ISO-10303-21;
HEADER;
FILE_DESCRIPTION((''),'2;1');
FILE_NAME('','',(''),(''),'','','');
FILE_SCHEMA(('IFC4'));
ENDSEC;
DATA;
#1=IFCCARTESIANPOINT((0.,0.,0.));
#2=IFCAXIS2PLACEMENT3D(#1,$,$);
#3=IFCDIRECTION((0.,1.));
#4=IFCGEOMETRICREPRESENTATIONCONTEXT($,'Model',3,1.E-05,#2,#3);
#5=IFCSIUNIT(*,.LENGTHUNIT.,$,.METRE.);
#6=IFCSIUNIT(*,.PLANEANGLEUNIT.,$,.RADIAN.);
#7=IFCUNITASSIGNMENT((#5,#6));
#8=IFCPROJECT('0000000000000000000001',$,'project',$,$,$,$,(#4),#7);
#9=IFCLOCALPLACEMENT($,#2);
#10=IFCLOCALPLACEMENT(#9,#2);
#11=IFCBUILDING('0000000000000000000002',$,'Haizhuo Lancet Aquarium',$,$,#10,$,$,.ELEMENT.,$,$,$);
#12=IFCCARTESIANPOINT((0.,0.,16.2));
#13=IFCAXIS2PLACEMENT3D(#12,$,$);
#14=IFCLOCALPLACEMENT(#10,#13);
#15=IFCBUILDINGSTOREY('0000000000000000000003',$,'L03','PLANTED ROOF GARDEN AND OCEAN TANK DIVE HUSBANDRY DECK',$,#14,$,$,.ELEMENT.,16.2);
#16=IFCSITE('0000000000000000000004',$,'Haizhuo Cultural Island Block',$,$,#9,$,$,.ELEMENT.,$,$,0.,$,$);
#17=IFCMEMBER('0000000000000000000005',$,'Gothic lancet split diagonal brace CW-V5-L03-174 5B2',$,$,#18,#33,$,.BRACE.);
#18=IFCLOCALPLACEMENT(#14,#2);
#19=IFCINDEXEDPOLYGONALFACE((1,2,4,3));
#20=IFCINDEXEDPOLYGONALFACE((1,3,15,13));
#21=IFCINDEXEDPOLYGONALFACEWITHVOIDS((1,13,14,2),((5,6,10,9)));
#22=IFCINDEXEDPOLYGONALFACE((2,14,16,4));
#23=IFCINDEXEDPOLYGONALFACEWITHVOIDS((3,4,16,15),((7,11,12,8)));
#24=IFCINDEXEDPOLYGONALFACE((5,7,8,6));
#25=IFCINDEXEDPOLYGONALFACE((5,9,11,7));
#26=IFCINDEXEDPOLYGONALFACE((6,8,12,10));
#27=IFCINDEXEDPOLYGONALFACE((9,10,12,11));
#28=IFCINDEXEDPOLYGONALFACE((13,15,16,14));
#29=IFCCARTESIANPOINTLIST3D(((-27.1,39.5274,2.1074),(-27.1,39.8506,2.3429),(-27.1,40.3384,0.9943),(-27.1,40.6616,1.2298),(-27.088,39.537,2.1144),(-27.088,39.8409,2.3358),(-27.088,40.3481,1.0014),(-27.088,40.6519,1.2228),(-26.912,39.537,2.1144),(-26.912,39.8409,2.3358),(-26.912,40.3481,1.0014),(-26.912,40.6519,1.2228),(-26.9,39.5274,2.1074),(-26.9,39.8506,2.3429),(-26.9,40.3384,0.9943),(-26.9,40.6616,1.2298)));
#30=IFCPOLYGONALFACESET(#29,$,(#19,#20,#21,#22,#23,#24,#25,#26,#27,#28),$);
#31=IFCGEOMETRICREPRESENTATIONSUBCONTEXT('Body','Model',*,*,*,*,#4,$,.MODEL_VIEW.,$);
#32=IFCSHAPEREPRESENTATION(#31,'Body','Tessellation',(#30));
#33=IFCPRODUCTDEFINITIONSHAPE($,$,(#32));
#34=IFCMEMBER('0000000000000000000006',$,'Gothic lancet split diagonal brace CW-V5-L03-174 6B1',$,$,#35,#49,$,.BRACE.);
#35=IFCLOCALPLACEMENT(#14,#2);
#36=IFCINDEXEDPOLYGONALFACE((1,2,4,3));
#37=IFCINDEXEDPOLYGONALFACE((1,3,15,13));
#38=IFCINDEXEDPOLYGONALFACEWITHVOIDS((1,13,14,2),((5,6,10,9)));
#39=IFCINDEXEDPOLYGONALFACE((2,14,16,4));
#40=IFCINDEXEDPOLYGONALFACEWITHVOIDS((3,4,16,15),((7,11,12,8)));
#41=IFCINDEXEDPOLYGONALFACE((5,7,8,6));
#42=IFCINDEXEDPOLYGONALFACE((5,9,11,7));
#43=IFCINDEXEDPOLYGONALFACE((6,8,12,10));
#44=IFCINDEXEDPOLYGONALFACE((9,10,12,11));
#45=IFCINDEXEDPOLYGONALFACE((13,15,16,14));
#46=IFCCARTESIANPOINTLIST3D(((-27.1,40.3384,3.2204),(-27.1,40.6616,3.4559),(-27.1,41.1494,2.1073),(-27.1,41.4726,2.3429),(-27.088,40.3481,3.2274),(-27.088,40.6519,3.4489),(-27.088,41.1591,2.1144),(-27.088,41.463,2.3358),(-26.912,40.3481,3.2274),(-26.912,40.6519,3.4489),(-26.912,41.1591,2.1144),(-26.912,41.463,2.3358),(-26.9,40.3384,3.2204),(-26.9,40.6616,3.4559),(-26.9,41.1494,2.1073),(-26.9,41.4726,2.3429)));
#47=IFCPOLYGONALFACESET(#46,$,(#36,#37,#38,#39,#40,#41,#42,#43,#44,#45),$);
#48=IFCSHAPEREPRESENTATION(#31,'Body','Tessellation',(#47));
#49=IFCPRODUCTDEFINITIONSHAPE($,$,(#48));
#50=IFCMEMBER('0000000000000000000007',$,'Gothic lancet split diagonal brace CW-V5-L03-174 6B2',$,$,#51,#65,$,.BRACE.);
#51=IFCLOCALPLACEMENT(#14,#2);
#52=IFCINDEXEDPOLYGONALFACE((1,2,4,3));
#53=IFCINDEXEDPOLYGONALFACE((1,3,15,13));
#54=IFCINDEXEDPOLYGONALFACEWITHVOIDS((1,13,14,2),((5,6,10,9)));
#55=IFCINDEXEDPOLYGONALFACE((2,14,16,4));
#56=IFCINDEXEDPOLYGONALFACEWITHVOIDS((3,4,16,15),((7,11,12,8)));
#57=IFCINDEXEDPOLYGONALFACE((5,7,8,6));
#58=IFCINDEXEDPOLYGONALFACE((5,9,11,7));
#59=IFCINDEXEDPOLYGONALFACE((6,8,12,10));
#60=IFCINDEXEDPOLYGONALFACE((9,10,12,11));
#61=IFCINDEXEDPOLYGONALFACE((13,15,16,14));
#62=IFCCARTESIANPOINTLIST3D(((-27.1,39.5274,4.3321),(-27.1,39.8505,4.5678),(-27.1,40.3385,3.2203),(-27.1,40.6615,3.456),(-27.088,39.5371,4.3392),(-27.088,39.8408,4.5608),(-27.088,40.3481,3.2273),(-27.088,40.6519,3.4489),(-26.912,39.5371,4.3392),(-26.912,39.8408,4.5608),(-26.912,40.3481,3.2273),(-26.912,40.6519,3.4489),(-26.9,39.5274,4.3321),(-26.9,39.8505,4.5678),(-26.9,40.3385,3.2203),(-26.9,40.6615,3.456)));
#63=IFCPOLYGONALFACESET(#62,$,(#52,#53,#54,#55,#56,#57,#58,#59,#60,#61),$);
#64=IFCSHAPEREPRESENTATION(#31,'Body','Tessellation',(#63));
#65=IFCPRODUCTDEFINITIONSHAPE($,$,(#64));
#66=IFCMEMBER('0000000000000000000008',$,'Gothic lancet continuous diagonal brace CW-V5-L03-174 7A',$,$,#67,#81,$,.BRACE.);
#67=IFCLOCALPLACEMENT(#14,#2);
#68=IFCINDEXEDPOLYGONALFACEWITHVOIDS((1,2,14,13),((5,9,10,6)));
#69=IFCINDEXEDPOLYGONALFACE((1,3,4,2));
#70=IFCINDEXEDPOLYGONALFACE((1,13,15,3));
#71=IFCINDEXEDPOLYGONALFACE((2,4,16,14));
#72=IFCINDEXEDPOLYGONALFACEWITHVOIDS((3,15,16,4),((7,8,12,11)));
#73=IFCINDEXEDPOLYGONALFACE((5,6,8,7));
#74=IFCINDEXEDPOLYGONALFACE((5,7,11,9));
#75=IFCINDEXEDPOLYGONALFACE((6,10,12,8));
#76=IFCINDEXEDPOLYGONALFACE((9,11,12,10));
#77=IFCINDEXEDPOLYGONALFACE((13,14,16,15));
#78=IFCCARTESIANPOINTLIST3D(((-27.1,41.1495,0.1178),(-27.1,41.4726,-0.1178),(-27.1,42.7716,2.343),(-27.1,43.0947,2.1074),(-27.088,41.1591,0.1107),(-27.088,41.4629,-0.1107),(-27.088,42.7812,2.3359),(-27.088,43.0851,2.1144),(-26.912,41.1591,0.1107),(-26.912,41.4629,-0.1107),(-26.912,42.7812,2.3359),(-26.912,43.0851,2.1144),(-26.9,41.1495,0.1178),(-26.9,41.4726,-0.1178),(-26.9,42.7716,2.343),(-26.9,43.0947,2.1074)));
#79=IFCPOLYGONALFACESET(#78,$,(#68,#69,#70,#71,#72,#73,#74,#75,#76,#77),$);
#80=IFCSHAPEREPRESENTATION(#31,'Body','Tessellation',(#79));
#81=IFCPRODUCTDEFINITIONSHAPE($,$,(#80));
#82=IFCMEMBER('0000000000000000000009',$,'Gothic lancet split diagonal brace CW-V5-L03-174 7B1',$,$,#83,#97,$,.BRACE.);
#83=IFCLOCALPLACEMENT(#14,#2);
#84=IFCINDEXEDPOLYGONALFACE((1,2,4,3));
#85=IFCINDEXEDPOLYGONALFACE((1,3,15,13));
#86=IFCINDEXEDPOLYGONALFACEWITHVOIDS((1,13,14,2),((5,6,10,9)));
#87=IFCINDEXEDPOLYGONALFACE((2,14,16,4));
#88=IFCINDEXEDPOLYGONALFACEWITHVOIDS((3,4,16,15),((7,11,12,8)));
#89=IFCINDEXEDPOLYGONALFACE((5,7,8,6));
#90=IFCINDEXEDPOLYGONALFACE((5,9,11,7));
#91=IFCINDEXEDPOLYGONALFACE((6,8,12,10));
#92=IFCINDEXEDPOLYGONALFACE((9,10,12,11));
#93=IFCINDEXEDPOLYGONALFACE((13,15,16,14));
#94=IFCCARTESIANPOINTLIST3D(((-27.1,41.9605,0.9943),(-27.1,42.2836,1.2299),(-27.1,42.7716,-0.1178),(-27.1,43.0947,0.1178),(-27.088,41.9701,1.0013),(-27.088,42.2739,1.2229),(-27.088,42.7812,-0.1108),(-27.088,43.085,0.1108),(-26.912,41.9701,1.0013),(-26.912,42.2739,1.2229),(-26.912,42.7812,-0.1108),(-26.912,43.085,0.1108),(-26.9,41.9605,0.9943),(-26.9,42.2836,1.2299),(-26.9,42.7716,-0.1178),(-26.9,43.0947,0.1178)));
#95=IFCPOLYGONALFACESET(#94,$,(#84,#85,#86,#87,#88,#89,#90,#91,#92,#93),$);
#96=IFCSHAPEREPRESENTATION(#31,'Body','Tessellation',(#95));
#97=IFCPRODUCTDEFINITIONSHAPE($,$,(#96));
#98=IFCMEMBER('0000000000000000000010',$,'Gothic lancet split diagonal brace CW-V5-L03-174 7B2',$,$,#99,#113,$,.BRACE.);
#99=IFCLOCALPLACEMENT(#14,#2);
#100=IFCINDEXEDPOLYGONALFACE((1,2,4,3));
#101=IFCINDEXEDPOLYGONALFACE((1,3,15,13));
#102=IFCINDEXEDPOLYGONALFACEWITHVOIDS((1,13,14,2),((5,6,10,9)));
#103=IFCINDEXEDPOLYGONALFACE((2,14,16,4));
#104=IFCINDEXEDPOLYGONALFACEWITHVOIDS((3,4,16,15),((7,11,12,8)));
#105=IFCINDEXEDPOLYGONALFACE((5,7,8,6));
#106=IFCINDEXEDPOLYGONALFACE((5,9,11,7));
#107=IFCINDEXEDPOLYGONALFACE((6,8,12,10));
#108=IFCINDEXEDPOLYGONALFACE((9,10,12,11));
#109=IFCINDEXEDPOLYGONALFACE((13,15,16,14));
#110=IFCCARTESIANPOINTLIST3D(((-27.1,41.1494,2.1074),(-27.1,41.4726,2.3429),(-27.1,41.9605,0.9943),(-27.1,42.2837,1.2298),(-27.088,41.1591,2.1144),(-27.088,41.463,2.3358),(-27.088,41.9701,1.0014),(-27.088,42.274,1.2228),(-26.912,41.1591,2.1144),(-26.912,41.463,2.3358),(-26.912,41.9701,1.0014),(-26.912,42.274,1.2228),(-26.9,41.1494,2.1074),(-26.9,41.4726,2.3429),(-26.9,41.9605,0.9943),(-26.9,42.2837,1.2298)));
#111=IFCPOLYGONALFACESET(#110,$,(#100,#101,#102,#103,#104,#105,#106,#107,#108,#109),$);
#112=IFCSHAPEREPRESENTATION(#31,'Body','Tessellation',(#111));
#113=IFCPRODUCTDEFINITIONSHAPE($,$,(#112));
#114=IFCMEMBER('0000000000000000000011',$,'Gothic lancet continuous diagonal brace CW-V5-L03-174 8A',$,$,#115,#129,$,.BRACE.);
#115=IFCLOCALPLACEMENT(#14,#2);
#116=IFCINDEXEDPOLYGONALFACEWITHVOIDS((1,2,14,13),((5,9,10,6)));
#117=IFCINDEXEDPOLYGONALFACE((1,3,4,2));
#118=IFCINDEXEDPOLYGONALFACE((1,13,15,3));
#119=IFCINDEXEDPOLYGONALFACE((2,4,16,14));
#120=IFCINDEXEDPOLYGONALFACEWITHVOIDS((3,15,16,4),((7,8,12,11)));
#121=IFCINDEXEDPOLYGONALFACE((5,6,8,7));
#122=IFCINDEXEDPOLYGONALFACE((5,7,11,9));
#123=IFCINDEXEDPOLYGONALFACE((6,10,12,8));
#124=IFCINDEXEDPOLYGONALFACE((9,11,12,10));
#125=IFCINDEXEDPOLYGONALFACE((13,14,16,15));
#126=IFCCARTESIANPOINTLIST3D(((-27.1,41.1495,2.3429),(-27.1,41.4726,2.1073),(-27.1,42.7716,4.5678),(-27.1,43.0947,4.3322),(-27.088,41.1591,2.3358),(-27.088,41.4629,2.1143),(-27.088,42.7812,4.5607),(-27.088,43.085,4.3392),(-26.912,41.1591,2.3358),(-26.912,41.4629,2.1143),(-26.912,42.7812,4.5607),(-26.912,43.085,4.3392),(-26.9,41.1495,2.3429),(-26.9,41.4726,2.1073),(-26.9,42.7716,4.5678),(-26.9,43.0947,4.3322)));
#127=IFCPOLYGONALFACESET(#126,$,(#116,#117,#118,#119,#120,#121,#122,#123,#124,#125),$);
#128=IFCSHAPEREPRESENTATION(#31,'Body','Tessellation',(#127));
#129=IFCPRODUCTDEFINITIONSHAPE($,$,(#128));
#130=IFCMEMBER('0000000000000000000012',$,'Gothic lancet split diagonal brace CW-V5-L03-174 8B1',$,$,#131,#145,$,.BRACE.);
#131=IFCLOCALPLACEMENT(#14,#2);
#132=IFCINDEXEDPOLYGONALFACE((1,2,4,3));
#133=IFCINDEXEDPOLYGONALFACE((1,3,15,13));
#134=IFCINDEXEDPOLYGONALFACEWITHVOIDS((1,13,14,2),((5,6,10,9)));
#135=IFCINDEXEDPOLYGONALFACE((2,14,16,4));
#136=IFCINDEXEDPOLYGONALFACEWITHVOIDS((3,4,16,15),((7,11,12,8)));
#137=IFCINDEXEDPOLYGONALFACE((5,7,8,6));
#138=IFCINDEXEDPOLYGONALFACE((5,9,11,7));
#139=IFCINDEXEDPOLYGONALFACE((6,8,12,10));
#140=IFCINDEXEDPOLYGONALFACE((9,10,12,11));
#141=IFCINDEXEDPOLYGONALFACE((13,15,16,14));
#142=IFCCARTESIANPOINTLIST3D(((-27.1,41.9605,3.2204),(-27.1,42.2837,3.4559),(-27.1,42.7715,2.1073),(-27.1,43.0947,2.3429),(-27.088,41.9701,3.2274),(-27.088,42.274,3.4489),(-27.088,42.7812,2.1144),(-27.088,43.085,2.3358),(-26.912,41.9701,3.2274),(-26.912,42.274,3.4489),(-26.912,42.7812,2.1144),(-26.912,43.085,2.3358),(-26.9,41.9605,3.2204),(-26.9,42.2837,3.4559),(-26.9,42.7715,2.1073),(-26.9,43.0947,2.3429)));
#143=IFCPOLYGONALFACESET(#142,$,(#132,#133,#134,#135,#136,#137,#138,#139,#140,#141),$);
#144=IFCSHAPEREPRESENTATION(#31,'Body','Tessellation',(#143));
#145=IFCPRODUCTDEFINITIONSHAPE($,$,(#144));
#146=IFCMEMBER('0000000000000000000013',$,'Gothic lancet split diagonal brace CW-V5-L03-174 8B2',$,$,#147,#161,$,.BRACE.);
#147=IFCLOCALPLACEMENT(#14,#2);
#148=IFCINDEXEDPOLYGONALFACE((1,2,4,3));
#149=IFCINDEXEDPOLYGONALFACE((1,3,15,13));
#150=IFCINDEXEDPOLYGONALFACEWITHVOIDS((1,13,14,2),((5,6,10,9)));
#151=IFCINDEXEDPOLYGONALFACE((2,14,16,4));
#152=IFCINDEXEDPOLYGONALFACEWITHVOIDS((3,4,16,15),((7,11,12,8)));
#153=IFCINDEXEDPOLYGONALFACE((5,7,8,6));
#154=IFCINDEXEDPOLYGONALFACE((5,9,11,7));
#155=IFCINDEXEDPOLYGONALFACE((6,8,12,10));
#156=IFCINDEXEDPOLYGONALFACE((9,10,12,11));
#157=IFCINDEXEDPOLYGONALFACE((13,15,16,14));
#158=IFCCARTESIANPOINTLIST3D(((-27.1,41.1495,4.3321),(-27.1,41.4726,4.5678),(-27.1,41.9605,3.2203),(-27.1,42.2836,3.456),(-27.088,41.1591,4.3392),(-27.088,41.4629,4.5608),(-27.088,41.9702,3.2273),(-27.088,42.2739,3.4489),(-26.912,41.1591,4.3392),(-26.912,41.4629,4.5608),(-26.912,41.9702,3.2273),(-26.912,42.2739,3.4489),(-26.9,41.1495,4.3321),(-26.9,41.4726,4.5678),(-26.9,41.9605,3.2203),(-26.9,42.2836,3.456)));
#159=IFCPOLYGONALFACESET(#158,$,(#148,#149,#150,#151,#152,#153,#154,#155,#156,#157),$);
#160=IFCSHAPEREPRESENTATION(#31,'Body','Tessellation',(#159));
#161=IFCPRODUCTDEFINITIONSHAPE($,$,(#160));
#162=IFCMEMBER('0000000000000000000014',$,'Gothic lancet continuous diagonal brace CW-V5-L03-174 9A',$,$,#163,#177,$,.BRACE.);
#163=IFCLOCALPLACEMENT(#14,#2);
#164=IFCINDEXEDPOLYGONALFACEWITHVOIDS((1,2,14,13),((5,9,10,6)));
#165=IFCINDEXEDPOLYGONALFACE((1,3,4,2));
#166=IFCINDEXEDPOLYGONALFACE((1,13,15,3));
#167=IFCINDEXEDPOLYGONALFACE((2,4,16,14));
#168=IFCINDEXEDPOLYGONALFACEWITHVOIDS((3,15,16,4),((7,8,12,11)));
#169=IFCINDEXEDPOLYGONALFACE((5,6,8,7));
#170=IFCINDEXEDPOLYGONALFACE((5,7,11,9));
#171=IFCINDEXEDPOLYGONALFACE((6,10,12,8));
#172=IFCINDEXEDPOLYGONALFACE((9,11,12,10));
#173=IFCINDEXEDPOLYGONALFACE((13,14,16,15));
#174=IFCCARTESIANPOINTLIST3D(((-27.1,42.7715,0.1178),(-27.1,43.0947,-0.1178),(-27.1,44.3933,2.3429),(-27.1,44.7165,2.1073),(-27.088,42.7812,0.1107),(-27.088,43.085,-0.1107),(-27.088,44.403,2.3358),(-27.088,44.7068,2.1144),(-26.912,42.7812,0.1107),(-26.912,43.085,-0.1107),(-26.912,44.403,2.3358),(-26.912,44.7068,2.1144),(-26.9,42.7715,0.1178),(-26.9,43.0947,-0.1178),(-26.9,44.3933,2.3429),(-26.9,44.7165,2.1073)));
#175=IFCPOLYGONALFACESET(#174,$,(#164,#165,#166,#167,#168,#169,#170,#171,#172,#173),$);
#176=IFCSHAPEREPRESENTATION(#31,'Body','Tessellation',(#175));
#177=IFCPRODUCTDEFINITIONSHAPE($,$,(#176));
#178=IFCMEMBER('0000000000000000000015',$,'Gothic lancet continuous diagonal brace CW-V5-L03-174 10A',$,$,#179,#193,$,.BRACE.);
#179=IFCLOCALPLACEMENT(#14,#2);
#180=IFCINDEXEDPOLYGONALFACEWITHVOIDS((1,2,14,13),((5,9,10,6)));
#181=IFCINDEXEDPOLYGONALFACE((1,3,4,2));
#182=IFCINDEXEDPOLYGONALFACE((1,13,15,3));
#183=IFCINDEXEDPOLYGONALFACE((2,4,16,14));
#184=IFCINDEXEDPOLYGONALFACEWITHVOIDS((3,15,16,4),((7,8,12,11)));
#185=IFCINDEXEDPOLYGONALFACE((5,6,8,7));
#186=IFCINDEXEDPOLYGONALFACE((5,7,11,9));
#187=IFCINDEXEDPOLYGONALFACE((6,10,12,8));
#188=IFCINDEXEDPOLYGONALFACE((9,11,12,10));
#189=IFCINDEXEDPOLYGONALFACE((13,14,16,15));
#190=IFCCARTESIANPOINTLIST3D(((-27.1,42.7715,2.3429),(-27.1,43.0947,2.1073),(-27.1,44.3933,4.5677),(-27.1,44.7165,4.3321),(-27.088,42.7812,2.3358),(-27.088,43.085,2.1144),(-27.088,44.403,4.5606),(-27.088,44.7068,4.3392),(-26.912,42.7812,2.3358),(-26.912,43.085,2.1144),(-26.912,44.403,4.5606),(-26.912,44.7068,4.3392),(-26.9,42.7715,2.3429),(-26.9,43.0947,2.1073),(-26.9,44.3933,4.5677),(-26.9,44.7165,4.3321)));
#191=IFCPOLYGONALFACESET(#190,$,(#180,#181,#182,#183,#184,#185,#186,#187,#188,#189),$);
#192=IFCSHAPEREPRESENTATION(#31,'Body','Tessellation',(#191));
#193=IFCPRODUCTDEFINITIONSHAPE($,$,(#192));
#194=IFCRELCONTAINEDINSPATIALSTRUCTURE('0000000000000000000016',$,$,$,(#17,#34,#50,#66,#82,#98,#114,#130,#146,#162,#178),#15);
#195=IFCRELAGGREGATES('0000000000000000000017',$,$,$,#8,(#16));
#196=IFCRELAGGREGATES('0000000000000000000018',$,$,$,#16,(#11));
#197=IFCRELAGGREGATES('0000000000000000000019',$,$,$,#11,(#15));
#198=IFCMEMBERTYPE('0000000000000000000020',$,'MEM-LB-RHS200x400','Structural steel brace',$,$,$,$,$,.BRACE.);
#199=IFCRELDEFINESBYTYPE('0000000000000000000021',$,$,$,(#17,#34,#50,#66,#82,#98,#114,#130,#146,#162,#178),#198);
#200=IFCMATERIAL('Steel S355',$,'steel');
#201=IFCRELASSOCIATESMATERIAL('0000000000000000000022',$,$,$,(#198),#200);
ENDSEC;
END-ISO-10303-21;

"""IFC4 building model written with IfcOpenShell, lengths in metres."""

from ifc_helpers import new_model, si_unit, direction, frame, origin, origin_2d, place, context, subcontext, project, spatial, hollow_rectangle, extrude, material, material_profile, profile_set, type_object, element, save


model = new_model("IFC4")

# Units and contexts
model_context = context("Model", 3, precision=1e-05, world=origin(), true_north=direction((0.0, 1.0)))
body_context = subcontext(model_context, "Body", "Model", "MODEL_VIEW")
ifc_project = project(units=[si_unit("LENGTHUNIT", "METRE"), si_unit("PLANEANGLEUNIT", "RADIAN")], contexts=[model_context])

# Site, building, storey
site_placement = place(None, origin())
site = spatial("IfcSite", under=ifc_project, at=site_placement, Name="Haizhuo Cultural Island Block", CompositionType="ELEMENT", RefElevation=0.0)
building_placement = place(site_placement, origin())
building = spatial("IfcBuilding", under=site, at=building_placement, Name="Haizhuo Lancet Aquarium", CompositionType="ELEMENT")
storey_placement = place(building_placement, frame((0.0, 0.0, 16.2)))
storey = spatial("IfcBuildingStorey", under=building, at=storey_placement, Name="L03", Description="PLANTED ROOF GARDEN AND OCEAN TANK DIVE HUSBANDRY DECK", CompositionType="ELEMENT", Elevation=16.2)

# Members
ifc_material_1 = material(Name="Steel S355", Category="steel")
ifc_material_profile_1 = material_profile(ifc_material_1, hollow_rectangle(XDim=0.2, YDim=0.3999, WallThickness=0.012, at=origin_2d()), Name="RHS 200x400x12")
ifc_profile_set_1 = profile_set([ifc_material_profile_1], Name="Steel S355")
member_type_1 = type_object("IfcMemberType", Name="MEM-LB-RHS200x400", Description="Structural steel brace", PredefinedType="BRACE", material=ifc_profile_set_1)
for number, where, z_axis, x_axis, name in (
    (1, (-27.0, 40.5, 1.1121), (0.0, -0.588909, 0.808199), (1.0, 0.0, 0.0), "Gothic lancet split diagonal brace CW-V5-L03-174 5B2"),
    (2, (-27.0, 41.311, 2.2251), (0.0, -0.588909, 0.808199), (1.0, 0.0, 0.0), "Gothic lancet split diagonal brace CW-V5-L03-174 6B1"),
):
    element("IfcMember", number, at=place(storey_placement, frame(where, z_axis=z_axis, x_axis=x_axis)), inside=storey, type_object=member_type_1, Name=name, PredefinedType="BRACE", context=body_context, shape_type="SweptSolid", body=[
        extrude(hollow_rectangle(XDim=0.2, YDim=0.3999, WallThickness=0.012, at=origin_2d()), origin(), (0.0, 0.0, 1.0), 1.3772),
    ])
member_1_placement = place(storey_placement, frame((-27.0, 40.5, 3.3381), z_axis=(0.0, -0.589331, 0.807891), x_axis=(1.0, 0.0, 0.0)))
element("IfcMember", 3, at=member_1_placement, inside=storey, type_object=member_type_1, Name="Gothic lancet split diagonal brace CW-V5-L03-174 6B2", PredefinedType="BRACE", context=body_context, shape_type="SweptSolid", body=[
    extrude(hollow_rectangle(XDim=0.2, YDim=0.3999, WallThickness=0.012, at=origin_2d()), origin(), (0.0, 0.0, 1.0), 1.3762),
])
member_2_placement = place(storey_placement, frame((-27.0, 41.311, 0.0), z_axis=(0.0, 0.589078, 0.808076), x_axis=(-1.0, 0.0, 0.0)))
element("IfcMember", 4, at=member_2_placement, inside=storey, type_object=member_type_1, Name="Gothic lancet continuous diagonal brace CW-V5-L03-174 7A", PredefinedType="BRACE", context=body_context, shape_type="SweptSolid", body=[
    extrude(hollow_rectangle(XDim=0.2, YDim=0.3999, WallThickness=0.012, at=origin_2d()), origin(), (0.0, 0.0, 1.0), 2.7537),
])
member_3_placement = place(storey_placement, frame((-27.0, 42.9331, 0.0), z_axis=(0.0, -0.589247, 0.807953), x_axis=(1.0, 0.0, 0.0)))
element("IfcMember", 5, at=member_3_placement, inside=storey, type_object=member_type_1, Name="Gothic lancet split diagonal brace CW-V5-L03-174 7B1", PredefinedType="BRACE", context=body_context, shape_type="SweptSolid", body=[
    extrude(hollow_rectangle(XDim=0.2, YDim=0.3999, WallThickness=0.012, at=origin_2d()), origin(), (0.0, 0.0, 1.0), 1.3765),
])
member_4_placement = place(storey_placement, frame((-27.0, 42.1221, 1.1121), z_axis=(0.0, -0.588909, 0.808199), x_axis=(1.0, 0.0, 0.0)))
element("IfcMember", 6, at=member_4_placement, inside=storey, type_object=member_type_1, Name="Gothic lancet split diagonal brace CW-V5-L03-174 7B2", PredefinedType="BRACE", context=body_context, shape_type="SweptSolid", body=[
    extrude(hollow_rectangle(XDim=0.2, YDim=0.3999, WallThickness=0.012, at=origin_2d()), origin(), (0.0, 0.0, 1.0), 1.3772),
])
member_5_placement = place(storey_placement, frame((-27.0, 41.311, 2.2251), z_axis=(0.0, 0.58912, 0.808045), x_axis=(-1.0, 0.0, 0.0)))
element("IfcMember", 7, at=member_5_placement, inside=storey, type_object=member_type_1, Name="Gothic lancet continuous diagonal brace CW-V5-L03-174 8A", PredefinedType="BRACE", context=body_context, shape_type="SweptSolid", body=[
    extrude(hollow_rectangle(XDim=0.2, YDim=0.3999, WallThickness=0.012, at=origin_2d()), origin(), (0.0, 0.0, 1.0), 2.7534),
])
member_6_placement = place(storey_placement, frame((-27.0, 42.9331, 2.2251), z_axis=(0.0, -0.588909, 0.808199), x_axis=(1.0, 0.0, 0.0)))
element("IfcMember", 8, at=member_6_placement, inside=storey, type_object=member_type_1, Name="Gothic lancet split diagonal brace CW-V5-L03-174 8B1", PredefinedType="BRACE", context=body_context, shape_type="SweptSolid", body=[
    extrude(hollow_rectangle(XDim=0.2, YDim=0.3999, WallThickness=0.012, at=origin_2d()), origin(), (0.0, 0.0, 1.0), 1.3772),
])
member_7_placement = place(storey_placement, frame((-27.0, 42.1221, 3.3381), z_axis=(0.0, -0.589331, 0.807891), x_axis=(1.0, 0.0, 0.0)))
element("IfcMember", 9, at=member_7_placement, inside=storey, type_object=member_type_1, Name="Gothic lancet split diagonal brace CW-V5-L03-174 8B2", PredefinedType="BRACE", context=body_context, shape_type="SweptSolid", body=[
    extrude(hollow_rectangle(XDim=0.2, YDim=0.3999, WallThickness=0.012, at=origin_2d()), origin(), (0.0, 0.0, 1.0), 1.3762),
])
member_8_placement = place(storey_placement, frame((-27.0, 42.9331, 0.0), z_axis=(0.0, 0.58902, 0.808118), x_axis=(-1.0, 0.0, 0.0)))
element("IfcMember", 10, at=member_8_placement, inside=storey, type_object=member_type_1, Name="Gothic lancet continuous diagonal brace CW-V5-L03-174 9A", PredefinedType="BRACE", context=body_context, shape_type="SweptSolid", body=[
    extrude(hollow_rectangle(XDim=0.2, YDim=0.3999, WallThickness=0.012, at=origin_2d()), origin(), (0.0, 0.0, 1.0), 2.7534),
])
member_9_placement = place(storey_placement, frame((-27.0, 42.9331, 2.2251), z_axis=(0.0, 0.589062, 0.808088), x_axis=(-1.0, 0.0, 0.0)))
element("IfcMember", 11, at=member_9_placement, inside=storey, type_object=member_type_1, Name="Gothic lancet continuous diagonal brace CW-V5-L03-174 10A", PredefinedType="BRACE", context=body_context, shape_type="SweptSolid", body=[
    extrude(hollow_rectangle(XDim=0.2, YDim=0.3999, WallThickness=0.012, at=origin_2d()), origin(), (0.0, 0.0, 1.0), 2.7532),
])

save(model, "model.ifc")
